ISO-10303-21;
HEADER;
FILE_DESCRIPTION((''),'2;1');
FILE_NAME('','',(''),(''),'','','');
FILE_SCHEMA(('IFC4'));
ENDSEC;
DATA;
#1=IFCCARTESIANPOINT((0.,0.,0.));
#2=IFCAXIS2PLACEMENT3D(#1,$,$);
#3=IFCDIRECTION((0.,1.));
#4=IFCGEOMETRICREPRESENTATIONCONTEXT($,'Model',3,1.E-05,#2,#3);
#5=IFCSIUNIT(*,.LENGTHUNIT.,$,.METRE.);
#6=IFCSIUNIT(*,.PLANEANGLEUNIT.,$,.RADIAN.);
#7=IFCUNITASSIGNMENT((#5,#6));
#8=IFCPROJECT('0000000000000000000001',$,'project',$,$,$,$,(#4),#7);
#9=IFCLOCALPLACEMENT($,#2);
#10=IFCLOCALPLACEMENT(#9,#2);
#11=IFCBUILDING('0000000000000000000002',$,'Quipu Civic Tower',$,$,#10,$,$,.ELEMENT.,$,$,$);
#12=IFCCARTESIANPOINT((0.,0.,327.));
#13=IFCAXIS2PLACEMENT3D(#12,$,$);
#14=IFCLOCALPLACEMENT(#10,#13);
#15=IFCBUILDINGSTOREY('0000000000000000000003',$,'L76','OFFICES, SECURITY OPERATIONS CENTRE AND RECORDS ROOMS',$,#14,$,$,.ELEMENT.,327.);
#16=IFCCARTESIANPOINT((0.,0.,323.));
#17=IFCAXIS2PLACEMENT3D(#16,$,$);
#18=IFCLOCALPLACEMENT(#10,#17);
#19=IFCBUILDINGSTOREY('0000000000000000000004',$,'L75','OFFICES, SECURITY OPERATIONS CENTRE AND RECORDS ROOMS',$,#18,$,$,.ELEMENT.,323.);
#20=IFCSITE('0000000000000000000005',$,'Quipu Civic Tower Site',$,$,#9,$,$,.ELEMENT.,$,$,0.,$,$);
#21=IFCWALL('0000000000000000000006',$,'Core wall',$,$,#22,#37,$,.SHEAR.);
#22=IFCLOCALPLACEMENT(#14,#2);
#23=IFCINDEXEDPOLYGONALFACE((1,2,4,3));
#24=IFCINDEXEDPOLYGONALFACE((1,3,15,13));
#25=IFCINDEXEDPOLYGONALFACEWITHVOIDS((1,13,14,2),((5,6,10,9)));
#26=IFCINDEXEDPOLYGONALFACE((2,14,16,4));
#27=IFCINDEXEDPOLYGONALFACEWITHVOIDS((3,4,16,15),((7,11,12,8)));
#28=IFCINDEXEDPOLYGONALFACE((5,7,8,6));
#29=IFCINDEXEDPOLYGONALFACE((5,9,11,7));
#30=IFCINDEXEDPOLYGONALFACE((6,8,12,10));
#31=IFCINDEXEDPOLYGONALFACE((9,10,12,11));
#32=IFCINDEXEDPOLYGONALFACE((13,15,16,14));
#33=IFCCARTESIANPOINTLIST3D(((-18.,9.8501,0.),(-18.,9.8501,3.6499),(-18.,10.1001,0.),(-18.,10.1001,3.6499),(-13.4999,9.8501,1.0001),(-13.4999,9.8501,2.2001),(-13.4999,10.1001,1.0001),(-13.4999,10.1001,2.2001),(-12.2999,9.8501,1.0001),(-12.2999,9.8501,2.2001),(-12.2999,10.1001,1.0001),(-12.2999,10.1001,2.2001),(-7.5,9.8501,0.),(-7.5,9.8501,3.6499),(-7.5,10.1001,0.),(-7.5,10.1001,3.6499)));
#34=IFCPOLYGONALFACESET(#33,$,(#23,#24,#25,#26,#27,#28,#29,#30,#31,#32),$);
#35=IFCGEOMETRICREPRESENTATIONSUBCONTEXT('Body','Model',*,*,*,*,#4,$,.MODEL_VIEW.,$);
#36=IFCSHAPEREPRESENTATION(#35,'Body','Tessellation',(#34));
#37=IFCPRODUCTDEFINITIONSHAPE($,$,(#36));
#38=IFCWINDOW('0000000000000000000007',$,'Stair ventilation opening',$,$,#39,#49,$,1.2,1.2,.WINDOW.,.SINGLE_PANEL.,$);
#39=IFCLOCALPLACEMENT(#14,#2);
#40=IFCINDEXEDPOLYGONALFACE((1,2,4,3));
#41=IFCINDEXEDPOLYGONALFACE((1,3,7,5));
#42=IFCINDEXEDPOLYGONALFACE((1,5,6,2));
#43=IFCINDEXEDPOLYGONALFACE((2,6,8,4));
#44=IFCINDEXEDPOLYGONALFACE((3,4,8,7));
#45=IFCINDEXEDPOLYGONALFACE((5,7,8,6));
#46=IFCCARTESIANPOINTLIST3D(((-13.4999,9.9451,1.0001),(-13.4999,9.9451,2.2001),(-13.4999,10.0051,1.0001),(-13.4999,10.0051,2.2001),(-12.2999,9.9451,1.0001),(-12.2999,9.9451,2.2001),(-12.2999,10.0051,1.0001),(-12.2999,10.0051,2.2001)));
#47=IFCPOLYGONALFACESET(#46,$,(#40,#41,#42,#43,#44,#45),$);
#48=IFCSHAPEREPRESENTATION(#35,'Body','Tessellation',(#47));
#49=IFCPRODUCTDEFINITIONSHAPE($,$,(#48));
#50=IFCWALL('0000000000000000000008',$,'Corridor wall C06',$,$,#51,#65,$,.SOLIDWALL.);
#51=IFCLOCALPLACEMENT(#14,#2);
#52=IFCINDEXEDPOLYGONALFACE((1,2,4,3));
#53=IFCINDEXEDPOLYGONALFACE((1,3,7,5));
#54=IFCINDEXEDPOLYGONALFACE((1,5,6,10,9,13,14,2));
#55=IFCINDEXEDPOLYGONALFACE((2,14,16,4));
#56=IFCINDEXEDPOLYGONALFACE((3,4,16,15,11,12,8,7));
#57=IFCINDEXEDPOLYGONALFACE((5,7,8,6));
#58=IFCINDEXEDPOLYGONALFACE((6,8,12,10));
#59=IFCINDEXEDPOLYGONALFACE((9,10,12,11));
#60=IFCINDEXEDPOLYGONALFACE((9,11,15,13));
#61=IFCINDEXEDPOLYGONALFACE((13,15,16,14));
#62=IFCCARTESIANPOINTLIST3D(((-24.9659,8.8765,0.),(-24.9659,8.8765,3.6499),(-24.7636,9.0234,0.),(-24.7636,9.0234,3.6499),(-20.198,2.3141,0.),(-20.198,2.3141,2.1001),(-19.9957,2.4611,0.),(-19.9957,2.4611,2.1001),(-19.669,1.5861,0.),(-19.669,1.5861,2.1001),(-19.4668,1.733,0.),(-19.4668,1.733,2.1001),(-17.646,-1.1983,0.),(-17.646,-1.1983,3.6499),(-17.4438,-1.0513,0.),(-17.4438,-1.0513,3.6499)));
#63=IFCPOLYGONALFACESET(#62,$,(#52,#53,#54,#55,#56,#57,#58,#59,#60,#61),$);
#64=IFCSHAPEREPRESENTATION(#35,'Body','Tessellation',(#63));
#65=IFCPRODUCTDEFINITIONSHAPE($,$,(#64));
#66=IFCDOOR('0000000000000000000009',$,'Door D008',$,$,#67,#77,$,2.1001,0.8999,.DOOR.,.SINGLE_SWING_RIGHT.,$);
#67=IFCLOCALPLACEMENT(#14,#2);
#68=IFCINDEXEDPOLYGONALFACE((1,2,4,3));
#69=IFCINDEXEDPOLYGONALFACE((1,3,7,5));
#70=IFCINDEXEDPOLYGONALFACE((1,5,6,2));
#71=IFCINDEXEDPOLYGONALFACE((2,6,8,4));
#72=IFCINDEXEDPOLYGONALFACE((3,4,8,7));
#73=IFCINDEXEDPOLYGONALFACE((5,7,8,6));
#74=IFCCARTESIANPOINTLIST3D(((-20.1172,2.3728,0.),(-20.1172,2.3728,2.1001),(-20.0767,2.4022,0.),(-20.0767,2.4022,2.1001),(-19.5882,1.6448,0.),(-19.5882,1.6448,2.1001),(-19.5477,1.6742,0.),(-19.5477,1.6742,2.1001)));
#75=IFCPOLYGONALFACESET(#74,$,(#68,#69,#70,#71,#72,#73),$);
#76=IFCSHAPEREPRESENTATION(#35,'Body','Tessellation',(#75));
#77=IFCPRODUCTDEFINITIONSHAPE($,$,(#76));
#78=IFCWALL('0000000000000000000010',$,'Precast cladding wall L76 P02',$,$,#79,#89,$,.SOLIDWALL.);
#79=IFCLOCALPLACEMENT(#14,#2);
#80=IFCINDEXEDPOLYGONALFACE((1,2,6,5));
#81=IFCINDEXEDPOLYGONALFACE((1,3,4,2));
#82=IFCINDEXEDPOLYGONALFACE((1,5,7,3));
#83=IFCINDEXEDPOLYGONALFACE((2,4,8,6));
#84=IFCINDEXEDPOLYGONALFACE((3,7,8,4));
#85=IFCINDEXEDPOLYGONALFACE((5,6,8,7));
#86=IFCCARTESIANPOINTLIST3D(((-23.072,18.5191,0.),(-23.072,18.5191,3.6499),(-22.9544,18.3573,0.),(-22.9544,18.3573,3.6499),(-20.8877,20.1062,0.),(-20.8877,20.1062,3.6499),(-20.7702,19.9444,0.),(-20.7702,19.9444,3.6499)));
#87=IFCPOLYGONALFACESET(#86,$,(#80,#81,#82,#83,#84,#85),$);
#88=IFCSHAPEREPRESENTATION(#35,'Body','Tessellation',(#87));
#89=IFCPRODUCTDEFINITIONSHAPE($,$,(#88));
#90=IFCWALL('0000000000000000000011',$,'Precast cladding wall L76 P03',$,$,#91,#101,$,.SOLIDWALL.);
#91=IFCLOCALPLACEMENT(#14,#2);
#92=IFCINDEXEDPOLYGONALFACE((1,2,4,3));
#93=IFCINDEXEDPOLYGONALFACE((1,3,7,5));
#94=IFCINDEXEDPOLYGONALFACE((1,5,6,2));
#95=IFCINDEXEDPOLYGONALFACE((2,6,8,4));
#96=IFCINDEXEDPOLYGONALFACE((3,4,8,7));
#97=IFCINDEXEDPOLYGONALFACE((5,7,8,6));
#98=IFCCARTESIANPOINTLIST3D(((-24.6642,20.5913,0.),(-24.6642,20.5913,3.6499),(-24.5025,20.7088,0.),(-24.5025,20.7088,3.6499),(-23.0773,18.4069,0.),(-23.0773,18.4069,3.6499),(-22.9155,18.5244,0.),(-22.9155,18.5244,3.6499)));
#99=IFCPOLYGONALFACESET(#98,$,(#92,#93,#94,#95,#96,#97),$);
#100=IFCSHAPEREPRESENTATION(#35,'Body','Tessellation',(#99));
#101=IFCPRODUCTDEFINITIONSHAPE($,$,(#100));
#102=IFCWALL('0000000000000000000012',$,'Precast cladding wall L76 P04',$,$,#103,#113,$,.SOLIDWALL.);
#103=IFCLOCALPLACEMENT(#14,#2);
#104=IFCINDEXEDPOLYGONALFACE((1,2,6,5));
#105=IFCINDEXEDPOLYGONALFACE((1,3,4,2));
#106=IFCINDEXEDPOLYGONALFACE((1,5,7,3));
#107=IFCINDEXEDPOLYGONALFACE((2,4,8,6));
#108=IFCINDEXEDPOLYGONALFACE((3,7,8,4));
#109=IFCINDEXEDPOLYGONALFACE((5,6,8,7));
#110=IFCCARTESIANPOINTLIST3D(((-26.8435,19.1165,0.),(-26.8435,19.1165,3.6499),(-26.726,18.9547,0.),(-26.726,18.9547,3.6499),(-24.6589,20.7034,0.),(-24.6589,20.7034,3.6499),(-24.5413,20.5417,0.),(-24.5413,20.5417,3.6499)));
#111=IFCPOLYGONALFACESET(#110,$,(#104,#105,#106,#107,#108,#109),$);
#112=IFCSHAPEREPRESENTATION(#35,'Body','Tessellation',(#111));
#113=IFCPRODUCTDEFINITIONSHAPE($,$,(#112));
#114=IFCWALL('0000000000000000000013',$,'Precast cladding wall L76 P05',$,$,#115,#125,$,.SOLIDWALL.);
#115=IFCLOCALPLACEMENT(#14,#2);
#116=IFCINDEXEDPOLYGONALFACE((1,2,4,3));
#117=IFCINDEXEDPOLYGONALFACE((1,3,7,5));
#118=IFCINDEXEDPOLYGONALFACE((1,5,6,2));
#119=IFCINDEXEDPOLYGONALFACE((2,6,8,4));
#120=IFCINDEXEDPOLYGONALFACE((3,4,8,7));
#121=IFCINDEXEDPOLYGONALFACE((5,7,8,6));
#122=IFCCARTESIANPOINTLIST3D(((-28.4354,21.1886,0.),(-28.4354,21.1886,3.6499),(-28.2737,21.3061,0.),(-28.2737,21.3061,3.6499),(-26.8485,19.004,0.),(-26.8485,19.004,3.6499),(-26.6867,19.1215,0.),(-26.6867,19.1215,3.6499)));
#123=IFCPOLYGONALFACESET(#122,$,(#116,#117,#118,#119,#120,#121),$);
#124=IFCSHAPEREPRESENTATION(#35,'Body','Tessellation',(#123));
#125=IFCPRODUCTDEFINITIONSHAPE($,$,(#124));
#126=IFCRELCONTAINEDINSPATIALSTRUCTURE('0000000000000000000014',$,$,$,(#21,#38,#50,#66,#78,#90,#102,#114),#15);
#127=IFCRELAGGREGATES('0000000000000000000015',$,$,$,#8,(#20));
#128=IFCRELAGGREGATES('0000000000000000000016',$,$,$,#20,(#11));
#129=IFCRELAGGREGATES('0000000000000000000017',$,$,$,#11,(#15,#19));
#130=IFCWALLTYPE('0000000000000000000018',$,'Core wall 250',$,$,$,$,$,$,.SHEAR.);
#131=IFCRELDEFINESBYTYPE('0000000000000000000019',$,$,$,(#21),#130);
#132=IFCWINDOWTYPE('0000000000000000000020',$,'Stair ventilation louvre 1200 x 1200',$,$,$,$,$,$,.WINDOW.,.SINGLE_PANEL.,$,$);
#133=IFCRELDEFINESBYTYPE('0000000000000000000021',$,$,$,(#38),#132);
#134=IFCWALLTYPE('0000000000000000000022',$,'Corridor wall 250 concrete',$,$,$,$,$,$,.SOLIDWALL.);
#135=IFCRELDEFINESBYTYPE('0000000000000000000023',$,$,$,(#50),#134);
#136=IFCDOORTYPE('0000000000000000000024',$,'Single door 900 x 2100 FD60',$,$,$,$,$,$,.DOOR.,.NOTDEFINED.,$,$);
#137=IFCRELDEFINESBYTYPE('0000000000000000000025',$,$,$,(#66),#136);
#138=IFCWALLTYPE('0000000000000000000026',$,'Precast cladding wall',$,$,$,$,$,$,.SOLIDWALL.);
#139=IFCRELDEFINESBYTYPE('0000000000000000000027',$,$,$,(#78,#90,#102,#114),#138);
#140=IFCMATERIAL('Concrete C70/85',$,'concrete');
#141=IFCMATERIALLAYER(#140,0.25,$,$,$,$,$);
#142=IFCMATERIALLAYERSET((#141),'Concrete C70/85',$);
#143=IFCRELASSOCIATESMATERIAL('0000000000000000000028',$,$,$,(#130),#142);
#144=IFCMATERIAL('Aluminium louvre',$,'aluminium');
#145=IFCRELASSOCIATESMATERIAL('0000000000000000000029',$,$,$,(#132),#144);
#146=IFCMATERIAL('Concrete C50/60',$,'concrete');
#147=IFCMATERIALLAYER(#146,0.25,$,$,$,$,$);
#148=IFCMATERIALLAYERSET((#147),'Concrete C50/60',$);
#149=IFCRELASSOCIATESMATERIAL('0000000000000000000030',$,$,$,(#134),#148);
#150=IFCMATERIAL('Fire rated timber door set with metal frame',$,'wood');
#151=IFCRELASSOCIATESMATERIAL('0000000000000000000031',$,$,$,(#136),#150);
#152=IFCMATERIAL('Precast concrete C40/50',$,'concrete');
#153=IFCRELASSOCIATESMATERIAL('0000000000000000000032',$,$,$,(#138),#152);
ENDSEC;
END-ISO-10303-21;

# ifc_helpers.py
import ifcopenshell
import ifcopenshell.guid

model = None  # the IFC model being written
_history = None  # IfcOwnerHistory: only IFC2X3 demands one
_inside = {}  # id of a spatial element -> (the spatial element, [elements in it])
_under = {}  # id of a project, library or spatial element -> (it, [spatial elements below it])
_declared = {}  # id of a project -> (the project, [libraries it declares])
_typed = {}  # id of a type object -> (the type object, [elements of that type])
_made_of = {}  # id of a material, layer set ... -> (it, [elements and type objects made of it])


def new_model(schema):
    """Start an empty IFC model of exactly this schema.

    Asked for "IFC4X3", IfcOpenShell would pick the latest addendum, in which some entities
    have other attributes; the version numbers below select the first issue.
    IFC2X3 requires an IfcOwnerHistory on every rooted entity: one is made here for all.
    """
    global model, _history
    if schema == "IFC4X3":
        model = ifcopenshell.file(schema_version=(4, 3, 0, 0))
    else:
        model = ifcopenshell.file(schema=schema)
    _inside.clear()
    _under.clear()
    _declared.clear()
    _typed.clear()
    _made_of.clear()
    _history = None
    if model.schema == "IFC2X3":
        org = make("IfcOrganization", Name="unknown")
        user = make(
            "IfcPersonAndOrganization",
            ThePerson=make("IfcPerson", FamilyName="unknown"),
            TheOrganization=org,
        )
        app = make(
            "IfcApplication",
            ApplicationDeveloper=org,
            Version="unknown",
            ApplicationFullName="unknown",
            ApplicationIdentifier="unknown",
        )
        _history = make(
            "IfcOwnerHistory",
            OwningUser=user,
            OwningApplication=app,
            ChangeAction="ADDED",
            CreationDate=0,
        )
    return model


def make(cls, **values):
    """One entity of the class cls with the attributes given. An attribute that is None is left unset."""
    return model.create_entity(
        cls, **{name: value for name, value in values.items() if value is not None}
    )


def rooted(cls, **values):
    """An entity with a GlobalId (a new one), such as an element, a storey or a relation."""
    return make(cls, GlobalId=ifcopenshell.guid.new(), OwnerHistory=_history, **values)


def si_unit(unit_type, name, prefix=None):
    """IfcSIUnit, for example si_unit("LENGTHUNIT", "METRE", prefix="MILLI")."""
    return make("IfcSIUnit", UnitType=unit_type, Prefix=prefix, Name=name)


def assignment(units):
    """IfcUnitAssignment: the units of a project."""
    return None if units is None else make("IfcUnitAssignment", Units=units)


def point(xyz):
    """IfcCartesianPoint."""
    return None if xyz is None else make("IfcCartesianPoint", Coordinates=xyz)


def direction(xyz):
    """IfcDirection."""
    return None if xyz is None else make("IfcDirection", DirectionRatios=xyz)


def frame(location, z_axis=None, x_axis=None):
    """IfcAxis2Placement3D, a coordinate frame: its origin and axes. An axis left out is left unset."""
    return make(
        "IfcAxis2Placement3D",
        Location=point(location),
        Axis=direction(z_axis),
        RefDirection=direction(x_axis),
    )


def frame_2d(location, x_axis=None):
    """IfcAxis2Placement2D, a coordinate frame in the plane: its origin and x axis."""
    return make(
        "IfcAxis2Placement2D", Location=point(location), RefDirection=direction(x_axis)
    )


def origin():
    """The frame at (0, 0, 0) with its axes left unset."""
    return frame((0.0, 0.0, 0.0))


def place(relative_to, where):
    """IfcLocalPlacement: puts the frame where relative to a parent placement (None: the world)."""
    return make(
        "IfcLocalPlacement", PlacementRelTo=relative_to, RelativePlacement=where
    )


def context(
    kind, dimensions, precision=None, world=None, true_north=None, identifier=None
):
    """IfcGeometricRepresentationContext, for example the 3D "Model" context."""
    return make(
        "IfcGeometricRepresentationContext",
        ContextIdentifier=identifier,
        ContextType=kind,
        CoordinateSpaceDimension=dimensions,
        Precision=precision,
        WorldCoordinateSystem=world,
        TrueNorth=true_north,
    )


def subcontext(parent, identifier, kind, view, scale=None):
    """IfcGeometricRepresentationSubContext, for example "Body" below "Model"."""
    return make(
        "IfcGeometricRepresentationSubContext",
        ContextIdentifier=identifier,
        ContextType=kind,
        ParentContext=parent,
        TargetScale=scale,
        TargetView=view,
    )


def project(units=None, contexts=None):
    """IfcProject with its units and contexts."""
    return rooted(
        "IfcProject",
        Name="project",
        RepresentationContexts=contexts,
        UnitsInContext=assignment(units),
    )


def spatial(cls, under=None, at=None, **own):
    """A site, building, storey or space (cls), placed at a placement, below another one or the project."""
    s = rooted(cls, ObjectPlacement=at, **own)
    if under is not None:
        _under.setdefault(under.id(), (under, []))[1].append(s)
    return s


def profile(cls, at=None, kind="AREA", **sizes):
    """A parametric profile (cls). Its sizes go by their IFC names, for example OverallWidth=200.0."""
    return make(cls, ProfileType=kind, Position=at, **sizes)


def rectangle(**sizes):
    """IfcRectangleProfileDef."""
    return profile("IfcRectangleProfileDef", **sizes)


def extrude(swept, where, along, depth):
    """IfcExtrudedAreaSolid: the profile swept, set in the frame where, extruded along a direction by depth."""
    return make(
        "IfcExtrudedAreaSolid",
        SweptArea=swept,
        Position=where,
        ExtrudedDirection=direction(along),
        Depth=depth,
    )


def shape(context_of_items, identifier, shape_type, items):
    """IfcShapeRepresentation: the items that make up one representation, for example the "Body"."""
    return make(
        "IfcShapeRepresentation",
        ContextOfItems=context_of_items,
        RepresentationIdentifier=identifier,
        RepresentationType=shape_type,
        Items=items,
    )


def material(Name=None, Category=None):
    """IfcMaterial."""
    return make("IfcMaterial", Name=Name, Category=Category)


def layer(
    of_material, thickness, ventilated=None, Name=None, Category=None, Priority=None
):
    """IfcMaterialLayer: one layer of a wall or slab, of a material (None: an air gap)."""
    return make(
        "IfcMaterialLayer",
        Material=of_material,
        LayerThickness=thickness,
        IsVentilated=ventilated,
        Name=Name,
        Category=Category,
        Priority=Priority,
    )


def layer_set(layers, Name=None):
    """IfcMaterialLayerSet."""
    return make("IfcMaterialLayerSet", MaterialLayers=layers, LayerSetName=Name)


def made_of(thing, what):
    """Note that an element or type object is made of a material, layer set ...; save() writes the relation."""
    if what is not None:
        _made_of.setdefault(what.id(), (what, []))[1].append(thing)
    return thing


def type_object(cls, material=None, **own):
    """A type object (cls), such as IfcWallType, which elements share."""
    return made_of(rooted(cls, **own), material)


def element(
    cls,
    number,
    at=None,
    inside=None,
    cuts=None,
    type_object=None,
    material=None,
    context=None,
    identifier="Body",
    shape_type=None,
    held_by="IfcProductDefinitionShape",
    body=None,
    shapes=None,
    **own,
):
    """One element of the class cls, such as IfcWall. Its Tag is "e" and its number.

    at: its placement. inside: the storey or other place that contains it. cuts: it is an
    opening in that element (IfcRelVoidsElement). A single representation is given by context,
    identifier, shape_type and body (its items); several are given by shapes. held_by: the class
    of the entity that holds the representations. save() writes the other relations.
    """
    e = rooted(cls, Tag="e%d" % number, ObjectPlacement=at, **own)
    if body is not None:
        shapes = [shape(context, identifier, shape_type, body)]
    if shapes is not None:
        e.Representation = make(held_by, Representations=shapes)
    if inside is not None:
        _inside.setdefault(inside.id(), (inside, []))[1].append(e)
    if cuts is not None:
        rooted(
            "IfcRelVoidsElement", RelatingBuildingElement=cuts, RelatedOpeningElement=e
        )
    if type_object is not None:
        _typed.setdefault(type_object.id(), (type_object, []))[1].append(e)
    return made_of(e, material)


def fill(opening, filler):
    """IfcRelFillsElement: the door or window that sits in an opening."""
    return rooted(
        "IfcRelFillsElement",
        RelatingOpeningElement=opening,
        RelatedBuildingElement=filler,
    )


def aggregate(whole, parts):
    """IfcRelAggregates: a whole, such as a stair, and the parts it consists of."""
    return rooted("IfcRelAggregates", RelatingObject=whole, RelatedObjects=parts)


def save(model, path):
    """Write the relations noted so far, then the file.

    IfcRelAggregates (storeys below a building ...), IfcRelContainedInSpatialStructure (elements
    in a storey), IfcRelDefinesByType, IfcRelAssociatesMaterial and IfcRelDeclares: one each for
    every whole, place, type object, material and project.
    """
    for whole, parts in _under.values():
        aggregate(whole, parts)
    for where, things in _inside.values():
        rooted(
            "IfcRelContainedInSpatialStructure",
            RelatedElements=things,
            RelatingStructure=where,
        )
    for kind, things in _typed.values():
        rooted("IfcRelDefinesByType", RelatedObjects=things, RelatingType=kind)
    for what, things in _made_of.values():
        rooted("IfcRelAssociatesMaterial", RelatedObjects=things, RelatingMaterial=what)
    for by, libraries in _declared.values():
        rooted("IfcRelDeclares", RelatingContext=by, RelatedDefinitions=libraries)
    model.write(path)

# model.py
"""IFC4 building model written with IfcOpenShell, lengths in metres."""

from ifc_helpers import new_model, si_unit, direction, frame, frame_2d, origin, place, context, subcontext, project, spatial, rectangle, extrude, material, layer, layer_set, type_object, element, fill, save


model = new_model("IFC4")

# Units and contexts
model_context = context("Model", 3, precision=1e-05, world=origin(), true_north=direction((0.0, 1.0)))
body_context = subcontext(model_context, "Body", "Model", "MODEL_VIEW")
ifc_project = project(units=[si_unit("LENGTHUNIT", "METRE"), si_unit("PLANEANGLEUNIT", "RADIAN")], contexts=[model_context])

# Site, building, storey
site_placement = place(None, origin())
site = spatial("IfcSite", under=ifc_project, at=site_placement, Name="Quipu Civic Tower Site", CompositionType="ELEMENT", RefElevation=0.0)
building_placement = place(site_placement, origin())
building = spatial("IfcBuilding", under=site, at=building_placement, Name="Quipu Civic Tower", CompositionType="ELEMENT")
storey_1_placement = place(building_placement, frame((0.0, 0.0, 327.0)))
storey_1 = spatial("IfcBuildingStorey", under=building, at=storey_1_placement, Name="L76", Description="OFFICES, SECURITY OPERATIONS CENTRE AND RECORDS ROOMS", CompositionType="ELEMENT", Elevation=327.0)

# Shared definitions
storey_2_placement = place(building_placement, frame((0.0, 0.0, 323.0)))
storey_2 = spatial("IfcBuildingStorey", under=building, at=storey_2_placement, Name="L75", Description="OFFICES, SECURITY OPERATIONS CENTRE AND RECORDS ROOMS", CompositionType="ELEMENT", Elevation=323.0)

# Wall, opening, window
ifc_material_1 = material(Name="Concrete C70/85", Category="concrete")
ifc_layer_1 = layer(ifc_material_1, 0.25)
ifc_layer_set_1 = layer_set([ifc_layer_1], Name="Concrete C70/85")
wall_type_1 = type_object("IfcWallType", Name="Core wall 250", PredefinedType="SHEAR", material=ifc_layer_set_1)
wall_1_placement = place(storey_1_placement, frame((-18.0, 9.9751, 0.0), z_axis=(0.0, 0.0, 1.0), x_axis=(1.0, 0.0, 0.0)))
wall_1 = element("IfcWall", 1, at=wall_1_placement, inside=storey_1, type_object=wall_type_1, Name="Core wall", PredefinedType="SHEAR", context=body_context, shape_type="SweptSolid", body=[
    extrude(rectangle(XDim=10.5, YDim=0.25, at=frame_2d((5.25, 0.0))), origin(), (0.0, 0.0, 1.0), 3.6499),
])
opening_1_placement = place(wall_1_placement, frame((4.5, 0.0, 1.0)))
opening_1 = element("IfcOpeningElement", 2, at=opening_1_placement, cuts=wall_1, PredefinedType="OPENING", context=body_context, shape_type="SweptSolid", body=[
    extrude(rectangle(XDim=1.2, YDim=1.2, at=frame_2d((0.6001, 0.6001))), frame((0.0, 0.135, 0.0), z_axis=(0.0, -1.0, 0.0), x_axis=(1.0, 0.0, 0.0)), (0.0, 0.0, 1.0), 0.27),
])
ifc_material_2 = material(Name="Aluminium louvre", Category="aluminium")
window_type = type_object("IfcWindowType", Name="Stair ventilation louvre 1200 x 1200", PartitioningType="SINGLE_PANEL", PredefinedType="WINDOW", material=ifc_material_2)
window_placement = place(opening_1_placement, origin())
window = element("IfcWindow", 3, at=window_placement, inside=storey_1, type_object=window_type, Name="Stair ventilation opening", OverallHeight=1.2, OverallWidth=1.2, PartitioningType="SINGLE_PANEL", PredefinedType="WINDOW", context=body_context, shape_type="SweptSolid", body=[
    extrude(rectangle(XDim=1.2, YDim=1.2, at=frame_2d((0.6001, 0.6001))), frame((0.0, 0.03, 0.0), z_axis=(0.0, -1.0, 0.0), x_axis=(1.0, 0.0, 0.0)), (0.0, 0.0, 1.0), 0.0601),
])
fill(opening_1, window)

# Wall, opening, door
ifc_material_3 = material(Name="Concrete C50/60", Category="concrete")
ifc_layer_2 = layer(ifc_material_3, 0.25)
ifc_layer_set_2 = layer_set([ifc_layer_2], Name="Concrete C50/60")
wall_type_2 = type_object("IfcWallType", Name="Corridor wall 250 concrete", PredefinedType="SOLIDWALL", material=ifc_layer_set_2)
wall_2_placement = place(storey_1_placement, frame((-24.8647, 8.95, 0.0), z_axis=(0.0, 0.0, 1.0), x_axis=(0.587792, -0.809012, 0.0)))
wall_2 = element("IfcWall", 4, at=wall_2_placement, inside=storey_1, type_object=wall_type_2, Name="Corridor wall C06", PredefinedType="SOLIDWALL", context=body_context, shape_type="SweptSolid", body=[
    extrude(rectangle(XDim=12.4531, YDim=0.25, at=frame_2d((6.2266, 0.0))), origin(), (0.0, 0.0, 1.0), 3.6499),
])
opening_2_placement = place(wall_2_placement, frame((8.1116, 0.0, 0.0)))
opening_2 = element("IfcOpeningElement", 5, at=opening_2_placement, cuts=wall_2, PredefinedType="OPENING", context=body_context, shape_type="SweptSolid", body=[
    extrude(rectangle(XDim=0.8999, YDim=2.1001, at=frame_2d((0.45, 1.05))), frame((0.0, 0.135, 0.0), z_axis=(0.0, -1.0, 0.0), x_axis=(1.0, 0.0, 0.0)), (0.0, 0.0, 1.0), 0.27),
])
ifc_material_4 = material(Name="Fire rated timber door set with metal frame", Category="wood")
door_type = type_object("IfcDoorType", Name="Single door 900 x 2100 FD60", OperationType="NOTDEFINED", PredefinedType="DOOR", material=ifc_material_4)
door_placement = place(opening_2_placement, origin())
door = element("IfcDoor", 6, at=door_placement, inside=storey_1, type_object=door_type, Name="Door D008", OperationType="SINGLE_SWING_RIGHT", OverallHeight=2.1001, OverallWidth=0.8999, PredefinedType="DOOR", context=body_context, shape_type="SweptSolid", body=[
    extrude(rectangle(XDim=0.8999, YDim=2.1001, at=frame_2d((0.45, 1.05))), frame((0.0, 0.0249, 0.0), z_axis=(0.0, -1.0, 0.0), x_axis=(1.0, 0.0, 0.0)), (0.0, 0.0, 1.0), 0.05),
])
fill(opening_2, door)

# Walls
ifc_material_5 = material(Name="Precast concrete C40/50", Category="concrete")
wall_type_3 = type_object("IfcWallType", Name="Precast cladding wall", PredefinedType="SOLIDWALL", material=ifc_material_5)
for number, where, z_axis, x_axis, name in (
    (7, (-20.8289, 20.0254, 0.0), (0.0, 0.0, 1.0), (-0.80899, -0.587822, 0.0), "Precast cladding wall L76 P02"),
    (8, (-22.9963, 18.4656, 0.0), (0.0, 0.0, 1.0), (-0.587763, 0.809033, 0.0), "Precast cladding wall L76 P03"),
):
    element("IfcWall", number, at=place(storey_1_placement, frame(where, z_axis=z_axis, x_axis=x_axis)), inside=storey_1, type_object=wall_type_3, Name=name, PredefinedType="SOLIDWALL", context=body_context, shape_type="SweptSolid", body=[
        extrude(rectangle(XDim=2.7, YDim=0.2, at=frame_2d((1.3501, 0.0))), origin(), (0.0, 0.0, 1.0), 3.6499),
    ])
for number, where, z_axis, x_axis, name in (
    (9, (-24.6001, 20.6226, 0.0), (0.0, 0.0, 1.0), (-0.809064, -0.58772, 0.0), "Precast cladding wall L76 P04"),
    (10, (-26.7676, 19.0627, 0.0), (0.0, 0.0, 1.0), (-0.58772, 0.809064, 0.0), "Precast cladding wall L76 P05"),
):
    element("IfcWall", number, at=place(storey_1_placement, frame(where, z_axis=z_axis, x_axis=x_axis)), inside=storey_1, type_object=wall_type_3, Name=name, PredefinedType="SOLIDWALL", context=body_context, shape_type="SweptSolid", body=[
        extrude(rectangle(XDim=2.7002, YDim=0.2, at=frame_2d((1.3501, 0.0))), origin(), (0.0, 0.0, 1.0), 3.6499),
    ])

save(model, "model.ifc")
